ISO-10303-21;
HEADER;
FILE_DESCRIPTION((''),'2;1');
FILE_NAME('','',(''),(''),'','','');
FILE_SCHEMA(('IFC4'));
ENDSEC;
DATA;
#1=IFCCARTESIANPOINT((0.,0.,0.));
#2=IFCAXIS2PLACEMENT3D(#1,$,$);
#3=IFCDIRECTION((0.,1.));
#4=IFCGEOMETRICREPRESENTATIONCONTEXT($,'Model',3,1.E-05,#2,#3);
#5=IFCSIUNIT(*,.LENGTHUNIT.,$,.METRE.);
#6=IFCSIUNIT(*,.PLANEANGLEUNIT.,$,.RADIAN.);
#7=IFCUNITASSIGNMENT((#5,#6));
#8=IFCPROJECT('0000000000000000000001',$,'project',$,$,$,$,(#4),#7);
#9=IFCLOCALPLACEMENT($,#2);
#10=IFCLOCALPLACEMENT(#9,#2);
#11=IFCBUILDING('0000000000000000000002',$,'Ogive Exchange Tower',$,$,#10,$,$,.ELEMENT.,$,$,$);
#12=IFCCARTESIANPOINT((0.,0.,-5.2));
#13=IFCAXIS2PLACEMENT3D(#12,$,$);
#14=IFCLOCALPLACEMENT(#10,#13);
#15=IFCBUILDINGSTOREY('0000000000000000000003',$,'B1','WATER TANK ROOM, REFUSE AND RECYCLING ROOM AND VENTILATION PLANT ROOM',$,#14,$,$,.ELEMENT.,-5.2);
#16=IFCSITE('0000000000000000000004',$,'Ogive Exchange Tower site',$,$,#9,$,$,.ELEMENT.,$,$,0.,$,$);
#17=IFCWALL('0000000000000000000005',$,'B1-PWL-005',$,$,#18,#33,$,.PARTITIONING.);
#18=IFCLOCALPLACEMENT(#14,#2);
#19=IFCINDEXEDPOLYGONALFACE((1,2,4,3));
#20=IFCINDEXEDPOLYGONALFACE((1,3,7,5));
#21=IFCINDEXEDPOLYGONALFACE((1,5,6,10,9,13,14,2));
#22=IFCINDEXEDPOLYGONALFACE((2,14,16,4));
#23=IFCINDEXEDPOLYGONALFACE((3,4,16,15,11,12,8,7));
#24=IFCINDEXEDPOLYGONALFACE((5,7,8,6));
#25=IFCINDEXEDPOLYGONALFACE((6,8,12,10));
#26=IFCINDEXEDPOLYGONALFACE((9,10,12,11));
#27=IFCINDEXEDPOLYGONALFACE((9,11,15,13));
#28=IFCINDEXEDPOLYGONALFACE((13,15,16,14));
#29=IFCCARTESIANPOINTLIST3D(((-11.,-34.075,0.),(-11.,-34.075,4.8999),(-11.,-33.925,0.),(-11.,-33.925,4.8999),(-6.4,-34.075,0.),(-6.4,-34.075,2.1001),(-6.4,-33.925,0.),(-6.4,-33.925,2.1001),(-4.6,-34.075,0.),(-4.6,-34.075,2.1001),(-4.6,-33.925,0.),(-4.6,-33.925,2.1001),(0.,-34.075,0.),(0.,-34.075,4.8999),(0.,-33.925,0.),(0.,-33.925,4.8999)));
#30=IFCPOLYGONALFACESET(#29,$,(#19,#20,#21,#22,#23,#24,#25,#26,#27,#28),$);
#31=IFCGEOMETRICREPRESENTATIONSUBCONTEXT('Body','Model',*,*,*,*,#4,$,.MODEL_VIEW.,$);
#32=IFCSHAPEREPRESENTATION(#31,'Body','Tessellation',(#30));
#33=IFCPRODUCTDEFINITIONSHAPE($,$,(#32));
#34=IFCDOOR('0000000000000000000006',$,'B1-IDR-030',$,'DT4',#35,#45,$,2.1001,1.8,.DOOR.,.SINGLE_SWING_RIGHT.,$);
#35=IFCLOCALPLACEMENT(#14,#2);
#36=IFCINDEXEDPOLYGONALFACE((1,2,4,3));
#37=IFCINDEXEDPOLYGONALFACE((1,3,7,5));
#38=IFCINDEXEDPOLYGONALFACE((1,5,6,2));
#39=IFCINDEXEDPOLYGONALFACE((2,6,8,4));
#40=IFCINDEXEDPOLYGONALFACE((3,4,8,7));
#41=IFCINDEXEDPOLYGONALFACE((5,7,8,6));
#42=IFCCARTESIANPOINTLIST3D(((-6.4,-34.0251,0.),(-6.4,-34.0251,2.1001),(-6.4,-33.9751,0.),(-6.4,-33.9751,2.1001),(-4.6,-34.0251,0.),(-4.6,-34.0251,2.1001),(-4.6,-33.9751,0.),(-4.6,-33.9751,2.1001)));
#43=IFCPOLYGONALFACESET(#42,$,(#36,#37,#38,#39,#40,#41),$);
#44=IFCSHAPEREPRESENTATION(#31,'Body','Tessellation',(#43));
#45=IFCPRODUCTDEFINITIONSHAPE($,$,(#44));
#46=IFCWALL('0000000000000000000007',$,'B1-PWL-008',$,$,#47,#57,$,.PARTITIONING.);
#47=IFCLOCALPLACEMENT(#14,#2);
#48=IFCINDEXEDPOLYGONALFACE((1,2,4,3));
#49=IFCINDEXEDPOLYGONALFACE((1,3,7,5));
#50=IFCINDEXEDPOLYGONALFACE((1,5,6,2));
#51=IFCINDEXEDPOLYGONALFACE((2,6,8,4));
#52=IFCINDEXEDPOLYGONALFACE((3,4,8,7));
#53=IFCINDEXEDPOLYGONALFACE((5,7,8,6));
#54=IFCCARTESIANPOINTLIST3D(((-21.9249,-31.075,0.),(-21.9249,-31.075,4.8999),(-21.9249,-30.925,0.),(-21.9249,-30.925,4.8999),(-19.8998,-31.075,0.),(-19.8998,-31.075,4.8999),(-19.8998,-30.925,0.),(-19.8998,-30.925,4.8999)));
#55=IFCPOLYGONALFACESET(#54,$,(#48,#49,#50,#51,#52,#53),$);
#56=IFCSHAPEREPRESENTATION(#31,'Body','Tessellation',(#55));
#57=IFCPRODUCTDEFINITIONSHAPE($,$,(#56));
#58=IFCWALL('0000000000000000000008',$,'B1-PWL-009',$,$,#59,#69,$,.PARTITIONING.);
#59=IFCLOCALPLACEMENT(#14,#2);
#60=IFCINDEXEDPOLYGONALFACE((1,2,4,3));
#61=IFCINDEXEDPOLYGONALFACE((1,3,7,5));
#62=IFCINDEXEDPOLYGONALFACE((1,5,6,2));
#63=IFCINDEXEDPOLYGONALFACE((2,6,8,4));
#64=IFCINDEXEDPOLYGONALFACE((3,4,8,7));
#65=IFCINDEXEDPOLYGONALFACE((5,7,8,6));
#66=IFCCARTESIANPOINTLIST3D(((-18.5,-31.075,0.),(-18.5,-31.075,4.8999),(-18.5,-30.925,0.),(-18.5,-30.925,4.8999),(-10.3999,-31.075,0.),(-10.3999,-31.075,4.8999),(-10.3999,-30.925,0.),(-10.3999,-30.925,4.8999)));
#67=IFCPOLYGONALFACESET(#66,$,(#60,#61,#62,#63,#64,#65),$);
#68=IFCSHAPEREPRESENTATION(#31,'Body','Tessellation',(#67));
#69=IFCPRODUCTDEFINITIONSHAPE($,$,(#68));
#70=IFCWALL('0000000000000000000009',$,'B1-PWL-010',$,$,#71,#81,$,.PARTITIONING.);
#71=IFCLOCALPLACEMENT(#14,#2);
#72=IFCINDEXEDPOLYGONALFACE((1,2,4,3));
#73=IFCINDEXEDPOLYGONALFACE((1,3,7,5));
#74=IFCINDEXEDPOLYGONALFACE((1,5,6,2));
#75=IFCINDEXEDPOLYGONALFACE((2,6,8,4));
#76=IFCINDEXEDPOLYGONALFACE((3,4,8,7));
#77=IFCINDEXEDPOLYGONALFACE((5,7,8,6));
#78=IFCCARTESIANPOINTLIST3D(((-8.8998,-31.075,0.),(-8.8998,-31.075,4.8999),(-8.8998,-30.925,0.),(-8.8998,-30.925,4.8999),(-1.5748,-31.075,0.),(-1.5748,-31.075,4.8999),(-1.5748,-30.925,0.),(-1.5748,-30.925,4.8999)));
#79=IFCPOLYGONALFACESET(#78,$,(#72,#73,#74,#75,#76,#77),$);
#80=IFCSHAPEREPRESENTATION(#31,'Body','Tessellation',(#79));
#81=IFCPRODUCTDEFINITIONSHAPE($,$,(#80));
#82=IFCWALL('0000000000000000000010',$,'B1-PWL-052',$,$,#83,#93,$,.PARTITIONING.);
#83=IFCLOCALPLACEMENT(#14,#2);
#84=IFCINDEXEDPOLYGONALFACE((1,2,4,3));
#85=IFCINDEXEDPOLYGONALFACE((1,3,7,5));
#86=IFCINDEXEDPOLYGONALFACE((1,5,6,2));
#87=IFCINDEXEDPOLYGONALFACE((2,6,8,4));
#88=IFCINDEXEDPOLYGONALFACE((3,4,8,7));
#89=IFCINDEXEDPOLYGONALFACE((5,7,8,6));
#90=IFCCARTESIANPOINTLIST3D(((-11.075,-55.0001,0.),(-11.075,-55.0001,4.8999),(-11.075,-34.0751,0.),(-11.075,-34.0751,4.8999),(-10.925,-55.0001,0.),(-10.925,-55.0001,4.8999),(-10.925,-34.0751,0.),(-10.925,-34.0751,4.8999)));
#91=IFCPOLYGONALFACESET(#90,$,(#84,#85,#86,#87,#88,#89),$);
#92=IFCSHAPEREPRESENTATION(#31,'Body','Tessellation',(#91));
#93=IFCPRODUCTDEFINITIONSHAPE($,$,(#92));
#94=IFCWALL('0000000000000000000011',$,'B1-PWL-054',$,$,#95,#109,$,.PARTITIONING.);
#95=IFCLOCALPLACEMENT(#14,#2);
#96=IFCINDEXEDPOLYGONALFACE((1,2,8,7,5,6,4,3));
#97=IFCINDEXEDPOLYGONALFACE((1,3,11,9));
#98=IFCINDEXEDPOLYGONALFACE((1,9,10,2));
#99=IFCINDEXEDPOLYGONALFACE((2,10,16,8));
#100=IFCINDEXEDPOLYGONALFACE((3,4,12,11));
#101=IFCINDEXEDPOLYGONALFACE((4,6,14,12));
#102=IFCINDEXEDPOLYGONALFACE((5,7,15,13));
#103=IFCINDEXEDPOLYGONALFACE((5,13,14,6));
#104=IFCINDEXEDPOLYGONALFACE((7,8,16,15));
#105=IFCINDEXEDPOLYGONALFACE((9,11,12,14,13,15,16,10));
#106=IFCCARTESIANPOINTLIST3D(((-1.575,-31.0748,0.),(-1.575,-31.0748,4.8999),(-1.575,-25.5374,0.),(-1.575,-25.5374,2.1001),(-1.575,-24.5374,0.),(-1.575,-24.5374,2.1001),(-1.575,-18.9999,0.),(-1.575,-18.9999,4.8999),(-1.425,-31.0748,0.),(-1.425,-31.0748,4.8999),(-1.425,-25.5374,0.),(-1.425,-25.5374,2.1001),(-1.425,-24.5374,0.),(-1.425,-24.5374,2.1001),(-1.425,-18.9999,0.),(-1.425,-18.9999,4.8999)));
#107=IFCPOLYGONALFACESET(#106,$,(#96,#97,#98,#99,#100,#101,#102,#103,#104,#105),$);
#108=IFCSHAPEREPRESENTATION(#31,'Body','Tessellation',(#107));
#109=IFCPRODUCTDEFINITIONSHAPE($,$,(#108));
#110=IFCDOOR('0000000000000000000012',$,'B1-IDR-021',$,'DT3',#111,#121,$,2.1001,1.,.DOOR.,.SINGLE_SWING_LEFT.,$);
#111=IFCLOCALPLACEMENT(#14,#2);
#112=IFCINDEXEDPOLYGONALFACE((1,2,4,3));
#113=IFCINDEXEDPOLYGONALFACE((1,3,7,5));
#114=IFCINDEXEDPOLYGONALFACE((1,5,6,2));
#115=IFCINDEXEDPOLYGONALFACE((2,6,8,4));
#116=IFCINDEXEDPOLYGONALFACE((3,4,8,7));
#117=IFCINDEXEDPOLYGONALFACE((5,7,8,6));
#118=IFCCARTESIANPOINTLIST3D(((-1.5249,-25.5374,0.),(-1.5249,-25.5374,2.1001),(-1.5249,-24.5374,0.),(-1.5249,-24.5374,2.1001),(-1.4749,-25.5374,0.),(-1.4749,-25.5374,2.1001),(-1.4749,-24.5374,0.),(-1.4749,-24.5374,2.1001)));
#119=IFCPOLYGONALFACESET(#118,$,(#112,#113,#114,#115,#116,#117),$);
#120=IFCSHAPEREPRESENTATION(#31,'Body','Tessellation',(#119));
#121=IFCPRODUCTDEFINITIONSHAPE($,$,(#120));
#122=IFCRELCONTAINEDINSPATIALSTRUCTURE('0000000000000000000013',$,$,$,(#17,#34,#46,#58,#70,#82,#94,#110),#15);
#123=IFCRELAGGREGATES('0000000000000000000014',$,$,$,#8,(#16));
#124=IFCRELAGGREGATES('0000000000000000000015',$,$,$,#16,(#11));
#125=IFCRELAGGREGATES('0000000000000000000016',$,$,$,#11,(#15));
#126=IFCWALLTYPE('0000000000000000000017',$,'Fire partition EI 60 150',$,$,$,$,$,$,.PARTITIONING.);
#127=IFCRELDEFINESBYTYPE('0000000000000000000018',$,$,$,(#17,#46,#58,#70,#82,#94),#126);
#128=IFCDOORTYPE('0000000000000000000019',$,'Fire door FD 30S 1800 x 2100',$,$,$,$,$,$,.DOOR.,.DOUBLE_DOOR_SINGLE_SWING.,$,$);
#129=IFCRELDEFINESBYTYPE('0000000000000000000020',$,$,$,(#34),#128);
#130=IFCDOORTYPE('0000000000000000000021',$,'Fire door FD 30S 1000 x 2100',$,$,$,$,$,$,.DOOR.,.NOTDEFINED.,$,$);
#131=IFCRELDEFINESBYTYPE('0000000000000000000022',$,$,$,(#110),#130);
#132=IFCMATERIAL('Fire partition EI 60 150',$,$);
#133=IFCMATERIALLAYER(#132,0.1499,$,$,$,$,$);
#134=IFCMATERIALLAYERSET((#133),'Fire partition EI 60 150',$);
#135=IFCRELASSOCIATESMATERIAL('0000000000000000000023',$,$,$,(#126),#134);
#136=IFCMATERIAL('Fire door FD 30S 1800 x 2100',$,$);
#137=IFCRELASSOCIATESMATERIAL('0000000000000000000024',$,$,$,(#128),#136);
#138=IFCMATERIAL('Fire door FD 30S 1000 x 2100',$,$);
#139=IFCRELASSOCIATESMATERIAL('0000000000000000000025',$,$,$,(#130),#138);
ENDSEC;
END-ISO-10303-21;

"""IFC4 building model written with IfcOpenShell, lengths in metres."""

from ifc_helpers import new_model, si_unit, direction, frame, frame_2d, origin, place, context, subcontext, project, spatial, rectangle, extrude, material, layer, layer_set, type_object, element, fill, save


model = new_model("IFC4")

# Units and contexts
model_context = context("Model", 3, precision=1e-05, world=origin(), true_north=direction((0.0, 1.0)))
body_context = subcontext(model_context, "Body", "Model", "MODEL_VIEW")
ifc_project = project(units=[si_unit("LENGTHUNIT", "METRE"), si_unit("PLANEANGLEUNIT", "RADIAN")], contexts=[model_context])

# Site, building, storey
site_placement = place(None, origin())
site = spatial("IfcSite", under=ifc_project, at=site_placement, Name="Ogive Exchange Tower site", CompositionType="ELEMENT", RefElevation=0.0)
building_placement = place(site_placement, origin())
building = spatial("IfcBuilding", under=site, at=building_placement, Name="Ogive Exchange Tower", CompositionType="ELEMENT")
storey_placement = place(building_placement, frame((0.0, 0.0, -5.2)))
storey = spatial("IfcBuildingStorey", under=building, at=storey_placement, Name="B1", Description="WATER TANK ROOM, REFUSE AND RECYCLING ROOM AND VENTILATION PLANT ROOM", CompositionType="ELEMENT", Elevation=-5.2)

# Shared definitions
ifc_material_1 = material(Name="Fire partition EI 60 150")
ifc_layer_1 = layer(ifc_material_1, 0.1499)
ifc_layer_set_1 = layer_set([ifc_layer_1], Name="Fire partition EI 60 150")
wall_type_1 = type_object("IfcWallType", Name="Fire partition EI 60 150", PredefinedType="PARTITIONING", material=ifc_layer_set_1)

# Wall, opening, door
wall_1_placement = place(storey_placement, frame((-11.0, -34.0, 0.0), z_axis=(0.0, 0.0, 1.0), x_axis=(1.0, 0.0, 0.0)))
wall_1 = element("IfcWall", 1, at=wall_1_placement, inside=storey, type_object=wall_type_1, Name="B1-PWL-005", PredefinedType="PARTITIONING", context=body_context, shape_type="SweptSolid", body=[
    extrude(rectangle(XDim=11.0, YDim=0.1499, at=frame_2d((5.5, 0.0))), origin(), (0.0, 0.0, 1.0), 4.8999),
])
opening_1_placement = place(wall_1_placement, frame((4.6001, 0.0, 0.0)))
opening_1 = element("IfcOpeningElement", 2, at=opening_1_placement, cuts=wall_1, PredefinedType="OPENING", context=body_context, shape_type="SweptSolid", body=[
    extrude(rectangle(XDim=1.8, YDim=2.1001, at=frame_2d((0.8999, 1.05))), frame((0.0, 0.085, 0.0), z_axis=(0.0, -1.0, 0.0), x_axis=(1.0, 0.0, 0.0)), (0.0, 0.0, 1.0), 0.1699),
])
ifc_material_2 = material(Name="Fire door FD 30S 1800 x 2100")
door_type_1 = type_object("IfcDoorType", Name="Fire door FD 30S 1800 x 2100", OperationType="DOUBLE_DOOR_SINGLE_SWING", PredefinedType="DOOR", material=ifc_material_2)
door_1_placement = place(opening_1_placement, origin())
door_1 = element("IfcDoor", 3, at=door_1_placement, inside=storey, type_object=door_type_1, Name="B1-IDR-030", ObjectType="DT4", OperationType="SINGLE_SWING_RIGHT", OverallHeight=2.1001, OverallWidth=1.8, PredefinedType="DOOR", context=body_context, shape_type="SweptSolid", body=[
    extrude(rectangle(XDim=1.8, YDim=2.1001, at=frame_2d((0.8999, 1.05))), frame((0.0, 0.0249, 0.0), z_axis=(0.0, -1.0, 0.0), x_axis=(1.0, 0.0, 0.0)), (0.0, 0.0, 1.0), 0.05),
])
fill(opening_1, door_1)

# Walls
wall_2_placement = place(storey_placement, frame((-21.925, -31.0, 0.0), z_axis=(0.0, 0.0, 1.0), x_axis=(1.0, 0.0, 0.0)))
element("IfcWall", 4, at=wall_2_placement, inside=storey, type_object=wall_type_1, Name="B1-PWL-008", PredefinedType="PARTITIONING", context=body_context, shape_type="SweptSolid", body=[
    extrude(rectangle(XDim=2.0251, YDim=0.1499, at=frame_2d((1.0127, 0.0))), origin(), (0.0, 0.0, 1.0), 4.8999),
])
wall_3_placement = place(storey_placement, frame((-18.5, -31.0, 0.0), z_axis=(0.0, 0.0, 1.0), x_axis=(1.0, 0.0, 0.0)))
element("IfcWall", 5, at=wall_3_placement, inside=storey, type_object=wall_type_1, Name="B1-PWL-009", PredefinedType="PARTITIONING", context=body_context, shape_type="SweptSolid", body=[
    extrude(rectangle(XDim=8.1001, YDim=0.1499, at=frame_2d((4.05, 0.0))), origin(), (0.0, 0.0, 1.0), 4.8999),
])
wall_4_placement = place(storey_placement, frame((-8.8999, -31.0, 0.0), z_axis=(0.0, 0.0, 1.0), x_axis=(1.0, 0.0, 0.0)))
element("IfcWall", 6, at=wall_4_placement, inside=storey, type_object=wall_type_1, Name="B1-PWL-010", PredefinedType="PARTITIONING", context=body_context, shape_type="SweptSolid", body=[
    extrude(rectangle(XDim=7.325, YDim=0.1499, at=frame_2d((3.6626, 0.0))), origin(), (0.0, 0.0, 1.0), 4.8999),
])
wall_5_placement = place(storey_placement, frame((-11.0, -55.0, 0.0), z_axis=(0.0, 0.0, 1.0), x_axis=(0.0, 1.0, 0.0)))
element("IfcWall", 7, at=wall_5_placement, inside=storey, type_object=wall_type_1, Name="B1-PWL-052", PredefinedType="PARTITIONING", context=body_context, shape_type="SweptSolid", body=[
    extrude(rectangle(XDim=20.925, YDim=0.1499, at=frame_2d((10.4624, 0.0))), origin(), (0.0, 0.0, 1.0), 4.8999),
])

# Wall, opening, door
wall_6_placement = place(storey_placement, frame((-1.5, -31.075, 0.0), z_axis=(0.0, 0.0, 1.0), x_axis=(0.0, 1.0, 0.0)))
wall_6 = element("IfcWall", 8, at=wall_6_placement, inside=storey, type_object=wall_type_1, Name="B1-PWL-054", PredefinedType="PARTITIONING", context=body_context, shape_type="SweptSolid", body=[
    extrude(rectangle(XDim=12.075, YDim=0.1499, at=frame_2d((6.0376, 0.0))), origin(), (0.0, 0.0, 1.0), 4.8999),
])
opening_2_placement = place(wall_6_placement, frame((5.5376, 0.0, 0.0)))
opening_2 = element("IfcOpeningElement", 9, at=opening_2_placement, cuts=wall_6, PredefinedType="OPENING", context=body_context, shape_type="SweptSolid", body=[
    extrude(rectangle(XDim=1.0, YDim=2.1001, at=frame_2d((0.5, 1.05))), frame((0.0, 0.085, 0.0), z_axis=(0.0, -1.0, 0.0), x_axis=(1.0, 0.0, 0.0)), (0.0, 0.0, 1.0), 0.1699),
])
ifc_material_3 = material(Name="Fire door FD 30S 1000 x 2100")
door_type_2 = type_object("IfcDoorType", Name="Fire door FD 30S 1000 x 2100", OperationType="NOTDEFINED", PredefinedType="DOOR", material=ifc_material_3)
door_2_placement = place(opening_2_placement, origin())
door_2 = element("IfcDoor", 10, at=door_2_placement, inside=storey, type_object=door_type_2, Name="B1-IDR-021", ObjectType="DT3", OperationType="SINGLE_SWING_LEFT", OverallHeight=2.1001, OverallWidth=1.0, PredefinedType="DOOR", context=body_context, shape_type="SweptSolid", body=[
    extrude(rectangle(XDim=1.0, YDim=2.1001, at=frame_2d((0.5, 1.05))), frame((0.0, 0.0249, 0.0), z_axis=(0.0, -1.0, 0.0), x_axis=(1.0, 0.0, 0.0)), (0.0, 0.0, 1.0), 0.05),
])
fill(opening_2, door_2)

save(model, "model.ifc")
